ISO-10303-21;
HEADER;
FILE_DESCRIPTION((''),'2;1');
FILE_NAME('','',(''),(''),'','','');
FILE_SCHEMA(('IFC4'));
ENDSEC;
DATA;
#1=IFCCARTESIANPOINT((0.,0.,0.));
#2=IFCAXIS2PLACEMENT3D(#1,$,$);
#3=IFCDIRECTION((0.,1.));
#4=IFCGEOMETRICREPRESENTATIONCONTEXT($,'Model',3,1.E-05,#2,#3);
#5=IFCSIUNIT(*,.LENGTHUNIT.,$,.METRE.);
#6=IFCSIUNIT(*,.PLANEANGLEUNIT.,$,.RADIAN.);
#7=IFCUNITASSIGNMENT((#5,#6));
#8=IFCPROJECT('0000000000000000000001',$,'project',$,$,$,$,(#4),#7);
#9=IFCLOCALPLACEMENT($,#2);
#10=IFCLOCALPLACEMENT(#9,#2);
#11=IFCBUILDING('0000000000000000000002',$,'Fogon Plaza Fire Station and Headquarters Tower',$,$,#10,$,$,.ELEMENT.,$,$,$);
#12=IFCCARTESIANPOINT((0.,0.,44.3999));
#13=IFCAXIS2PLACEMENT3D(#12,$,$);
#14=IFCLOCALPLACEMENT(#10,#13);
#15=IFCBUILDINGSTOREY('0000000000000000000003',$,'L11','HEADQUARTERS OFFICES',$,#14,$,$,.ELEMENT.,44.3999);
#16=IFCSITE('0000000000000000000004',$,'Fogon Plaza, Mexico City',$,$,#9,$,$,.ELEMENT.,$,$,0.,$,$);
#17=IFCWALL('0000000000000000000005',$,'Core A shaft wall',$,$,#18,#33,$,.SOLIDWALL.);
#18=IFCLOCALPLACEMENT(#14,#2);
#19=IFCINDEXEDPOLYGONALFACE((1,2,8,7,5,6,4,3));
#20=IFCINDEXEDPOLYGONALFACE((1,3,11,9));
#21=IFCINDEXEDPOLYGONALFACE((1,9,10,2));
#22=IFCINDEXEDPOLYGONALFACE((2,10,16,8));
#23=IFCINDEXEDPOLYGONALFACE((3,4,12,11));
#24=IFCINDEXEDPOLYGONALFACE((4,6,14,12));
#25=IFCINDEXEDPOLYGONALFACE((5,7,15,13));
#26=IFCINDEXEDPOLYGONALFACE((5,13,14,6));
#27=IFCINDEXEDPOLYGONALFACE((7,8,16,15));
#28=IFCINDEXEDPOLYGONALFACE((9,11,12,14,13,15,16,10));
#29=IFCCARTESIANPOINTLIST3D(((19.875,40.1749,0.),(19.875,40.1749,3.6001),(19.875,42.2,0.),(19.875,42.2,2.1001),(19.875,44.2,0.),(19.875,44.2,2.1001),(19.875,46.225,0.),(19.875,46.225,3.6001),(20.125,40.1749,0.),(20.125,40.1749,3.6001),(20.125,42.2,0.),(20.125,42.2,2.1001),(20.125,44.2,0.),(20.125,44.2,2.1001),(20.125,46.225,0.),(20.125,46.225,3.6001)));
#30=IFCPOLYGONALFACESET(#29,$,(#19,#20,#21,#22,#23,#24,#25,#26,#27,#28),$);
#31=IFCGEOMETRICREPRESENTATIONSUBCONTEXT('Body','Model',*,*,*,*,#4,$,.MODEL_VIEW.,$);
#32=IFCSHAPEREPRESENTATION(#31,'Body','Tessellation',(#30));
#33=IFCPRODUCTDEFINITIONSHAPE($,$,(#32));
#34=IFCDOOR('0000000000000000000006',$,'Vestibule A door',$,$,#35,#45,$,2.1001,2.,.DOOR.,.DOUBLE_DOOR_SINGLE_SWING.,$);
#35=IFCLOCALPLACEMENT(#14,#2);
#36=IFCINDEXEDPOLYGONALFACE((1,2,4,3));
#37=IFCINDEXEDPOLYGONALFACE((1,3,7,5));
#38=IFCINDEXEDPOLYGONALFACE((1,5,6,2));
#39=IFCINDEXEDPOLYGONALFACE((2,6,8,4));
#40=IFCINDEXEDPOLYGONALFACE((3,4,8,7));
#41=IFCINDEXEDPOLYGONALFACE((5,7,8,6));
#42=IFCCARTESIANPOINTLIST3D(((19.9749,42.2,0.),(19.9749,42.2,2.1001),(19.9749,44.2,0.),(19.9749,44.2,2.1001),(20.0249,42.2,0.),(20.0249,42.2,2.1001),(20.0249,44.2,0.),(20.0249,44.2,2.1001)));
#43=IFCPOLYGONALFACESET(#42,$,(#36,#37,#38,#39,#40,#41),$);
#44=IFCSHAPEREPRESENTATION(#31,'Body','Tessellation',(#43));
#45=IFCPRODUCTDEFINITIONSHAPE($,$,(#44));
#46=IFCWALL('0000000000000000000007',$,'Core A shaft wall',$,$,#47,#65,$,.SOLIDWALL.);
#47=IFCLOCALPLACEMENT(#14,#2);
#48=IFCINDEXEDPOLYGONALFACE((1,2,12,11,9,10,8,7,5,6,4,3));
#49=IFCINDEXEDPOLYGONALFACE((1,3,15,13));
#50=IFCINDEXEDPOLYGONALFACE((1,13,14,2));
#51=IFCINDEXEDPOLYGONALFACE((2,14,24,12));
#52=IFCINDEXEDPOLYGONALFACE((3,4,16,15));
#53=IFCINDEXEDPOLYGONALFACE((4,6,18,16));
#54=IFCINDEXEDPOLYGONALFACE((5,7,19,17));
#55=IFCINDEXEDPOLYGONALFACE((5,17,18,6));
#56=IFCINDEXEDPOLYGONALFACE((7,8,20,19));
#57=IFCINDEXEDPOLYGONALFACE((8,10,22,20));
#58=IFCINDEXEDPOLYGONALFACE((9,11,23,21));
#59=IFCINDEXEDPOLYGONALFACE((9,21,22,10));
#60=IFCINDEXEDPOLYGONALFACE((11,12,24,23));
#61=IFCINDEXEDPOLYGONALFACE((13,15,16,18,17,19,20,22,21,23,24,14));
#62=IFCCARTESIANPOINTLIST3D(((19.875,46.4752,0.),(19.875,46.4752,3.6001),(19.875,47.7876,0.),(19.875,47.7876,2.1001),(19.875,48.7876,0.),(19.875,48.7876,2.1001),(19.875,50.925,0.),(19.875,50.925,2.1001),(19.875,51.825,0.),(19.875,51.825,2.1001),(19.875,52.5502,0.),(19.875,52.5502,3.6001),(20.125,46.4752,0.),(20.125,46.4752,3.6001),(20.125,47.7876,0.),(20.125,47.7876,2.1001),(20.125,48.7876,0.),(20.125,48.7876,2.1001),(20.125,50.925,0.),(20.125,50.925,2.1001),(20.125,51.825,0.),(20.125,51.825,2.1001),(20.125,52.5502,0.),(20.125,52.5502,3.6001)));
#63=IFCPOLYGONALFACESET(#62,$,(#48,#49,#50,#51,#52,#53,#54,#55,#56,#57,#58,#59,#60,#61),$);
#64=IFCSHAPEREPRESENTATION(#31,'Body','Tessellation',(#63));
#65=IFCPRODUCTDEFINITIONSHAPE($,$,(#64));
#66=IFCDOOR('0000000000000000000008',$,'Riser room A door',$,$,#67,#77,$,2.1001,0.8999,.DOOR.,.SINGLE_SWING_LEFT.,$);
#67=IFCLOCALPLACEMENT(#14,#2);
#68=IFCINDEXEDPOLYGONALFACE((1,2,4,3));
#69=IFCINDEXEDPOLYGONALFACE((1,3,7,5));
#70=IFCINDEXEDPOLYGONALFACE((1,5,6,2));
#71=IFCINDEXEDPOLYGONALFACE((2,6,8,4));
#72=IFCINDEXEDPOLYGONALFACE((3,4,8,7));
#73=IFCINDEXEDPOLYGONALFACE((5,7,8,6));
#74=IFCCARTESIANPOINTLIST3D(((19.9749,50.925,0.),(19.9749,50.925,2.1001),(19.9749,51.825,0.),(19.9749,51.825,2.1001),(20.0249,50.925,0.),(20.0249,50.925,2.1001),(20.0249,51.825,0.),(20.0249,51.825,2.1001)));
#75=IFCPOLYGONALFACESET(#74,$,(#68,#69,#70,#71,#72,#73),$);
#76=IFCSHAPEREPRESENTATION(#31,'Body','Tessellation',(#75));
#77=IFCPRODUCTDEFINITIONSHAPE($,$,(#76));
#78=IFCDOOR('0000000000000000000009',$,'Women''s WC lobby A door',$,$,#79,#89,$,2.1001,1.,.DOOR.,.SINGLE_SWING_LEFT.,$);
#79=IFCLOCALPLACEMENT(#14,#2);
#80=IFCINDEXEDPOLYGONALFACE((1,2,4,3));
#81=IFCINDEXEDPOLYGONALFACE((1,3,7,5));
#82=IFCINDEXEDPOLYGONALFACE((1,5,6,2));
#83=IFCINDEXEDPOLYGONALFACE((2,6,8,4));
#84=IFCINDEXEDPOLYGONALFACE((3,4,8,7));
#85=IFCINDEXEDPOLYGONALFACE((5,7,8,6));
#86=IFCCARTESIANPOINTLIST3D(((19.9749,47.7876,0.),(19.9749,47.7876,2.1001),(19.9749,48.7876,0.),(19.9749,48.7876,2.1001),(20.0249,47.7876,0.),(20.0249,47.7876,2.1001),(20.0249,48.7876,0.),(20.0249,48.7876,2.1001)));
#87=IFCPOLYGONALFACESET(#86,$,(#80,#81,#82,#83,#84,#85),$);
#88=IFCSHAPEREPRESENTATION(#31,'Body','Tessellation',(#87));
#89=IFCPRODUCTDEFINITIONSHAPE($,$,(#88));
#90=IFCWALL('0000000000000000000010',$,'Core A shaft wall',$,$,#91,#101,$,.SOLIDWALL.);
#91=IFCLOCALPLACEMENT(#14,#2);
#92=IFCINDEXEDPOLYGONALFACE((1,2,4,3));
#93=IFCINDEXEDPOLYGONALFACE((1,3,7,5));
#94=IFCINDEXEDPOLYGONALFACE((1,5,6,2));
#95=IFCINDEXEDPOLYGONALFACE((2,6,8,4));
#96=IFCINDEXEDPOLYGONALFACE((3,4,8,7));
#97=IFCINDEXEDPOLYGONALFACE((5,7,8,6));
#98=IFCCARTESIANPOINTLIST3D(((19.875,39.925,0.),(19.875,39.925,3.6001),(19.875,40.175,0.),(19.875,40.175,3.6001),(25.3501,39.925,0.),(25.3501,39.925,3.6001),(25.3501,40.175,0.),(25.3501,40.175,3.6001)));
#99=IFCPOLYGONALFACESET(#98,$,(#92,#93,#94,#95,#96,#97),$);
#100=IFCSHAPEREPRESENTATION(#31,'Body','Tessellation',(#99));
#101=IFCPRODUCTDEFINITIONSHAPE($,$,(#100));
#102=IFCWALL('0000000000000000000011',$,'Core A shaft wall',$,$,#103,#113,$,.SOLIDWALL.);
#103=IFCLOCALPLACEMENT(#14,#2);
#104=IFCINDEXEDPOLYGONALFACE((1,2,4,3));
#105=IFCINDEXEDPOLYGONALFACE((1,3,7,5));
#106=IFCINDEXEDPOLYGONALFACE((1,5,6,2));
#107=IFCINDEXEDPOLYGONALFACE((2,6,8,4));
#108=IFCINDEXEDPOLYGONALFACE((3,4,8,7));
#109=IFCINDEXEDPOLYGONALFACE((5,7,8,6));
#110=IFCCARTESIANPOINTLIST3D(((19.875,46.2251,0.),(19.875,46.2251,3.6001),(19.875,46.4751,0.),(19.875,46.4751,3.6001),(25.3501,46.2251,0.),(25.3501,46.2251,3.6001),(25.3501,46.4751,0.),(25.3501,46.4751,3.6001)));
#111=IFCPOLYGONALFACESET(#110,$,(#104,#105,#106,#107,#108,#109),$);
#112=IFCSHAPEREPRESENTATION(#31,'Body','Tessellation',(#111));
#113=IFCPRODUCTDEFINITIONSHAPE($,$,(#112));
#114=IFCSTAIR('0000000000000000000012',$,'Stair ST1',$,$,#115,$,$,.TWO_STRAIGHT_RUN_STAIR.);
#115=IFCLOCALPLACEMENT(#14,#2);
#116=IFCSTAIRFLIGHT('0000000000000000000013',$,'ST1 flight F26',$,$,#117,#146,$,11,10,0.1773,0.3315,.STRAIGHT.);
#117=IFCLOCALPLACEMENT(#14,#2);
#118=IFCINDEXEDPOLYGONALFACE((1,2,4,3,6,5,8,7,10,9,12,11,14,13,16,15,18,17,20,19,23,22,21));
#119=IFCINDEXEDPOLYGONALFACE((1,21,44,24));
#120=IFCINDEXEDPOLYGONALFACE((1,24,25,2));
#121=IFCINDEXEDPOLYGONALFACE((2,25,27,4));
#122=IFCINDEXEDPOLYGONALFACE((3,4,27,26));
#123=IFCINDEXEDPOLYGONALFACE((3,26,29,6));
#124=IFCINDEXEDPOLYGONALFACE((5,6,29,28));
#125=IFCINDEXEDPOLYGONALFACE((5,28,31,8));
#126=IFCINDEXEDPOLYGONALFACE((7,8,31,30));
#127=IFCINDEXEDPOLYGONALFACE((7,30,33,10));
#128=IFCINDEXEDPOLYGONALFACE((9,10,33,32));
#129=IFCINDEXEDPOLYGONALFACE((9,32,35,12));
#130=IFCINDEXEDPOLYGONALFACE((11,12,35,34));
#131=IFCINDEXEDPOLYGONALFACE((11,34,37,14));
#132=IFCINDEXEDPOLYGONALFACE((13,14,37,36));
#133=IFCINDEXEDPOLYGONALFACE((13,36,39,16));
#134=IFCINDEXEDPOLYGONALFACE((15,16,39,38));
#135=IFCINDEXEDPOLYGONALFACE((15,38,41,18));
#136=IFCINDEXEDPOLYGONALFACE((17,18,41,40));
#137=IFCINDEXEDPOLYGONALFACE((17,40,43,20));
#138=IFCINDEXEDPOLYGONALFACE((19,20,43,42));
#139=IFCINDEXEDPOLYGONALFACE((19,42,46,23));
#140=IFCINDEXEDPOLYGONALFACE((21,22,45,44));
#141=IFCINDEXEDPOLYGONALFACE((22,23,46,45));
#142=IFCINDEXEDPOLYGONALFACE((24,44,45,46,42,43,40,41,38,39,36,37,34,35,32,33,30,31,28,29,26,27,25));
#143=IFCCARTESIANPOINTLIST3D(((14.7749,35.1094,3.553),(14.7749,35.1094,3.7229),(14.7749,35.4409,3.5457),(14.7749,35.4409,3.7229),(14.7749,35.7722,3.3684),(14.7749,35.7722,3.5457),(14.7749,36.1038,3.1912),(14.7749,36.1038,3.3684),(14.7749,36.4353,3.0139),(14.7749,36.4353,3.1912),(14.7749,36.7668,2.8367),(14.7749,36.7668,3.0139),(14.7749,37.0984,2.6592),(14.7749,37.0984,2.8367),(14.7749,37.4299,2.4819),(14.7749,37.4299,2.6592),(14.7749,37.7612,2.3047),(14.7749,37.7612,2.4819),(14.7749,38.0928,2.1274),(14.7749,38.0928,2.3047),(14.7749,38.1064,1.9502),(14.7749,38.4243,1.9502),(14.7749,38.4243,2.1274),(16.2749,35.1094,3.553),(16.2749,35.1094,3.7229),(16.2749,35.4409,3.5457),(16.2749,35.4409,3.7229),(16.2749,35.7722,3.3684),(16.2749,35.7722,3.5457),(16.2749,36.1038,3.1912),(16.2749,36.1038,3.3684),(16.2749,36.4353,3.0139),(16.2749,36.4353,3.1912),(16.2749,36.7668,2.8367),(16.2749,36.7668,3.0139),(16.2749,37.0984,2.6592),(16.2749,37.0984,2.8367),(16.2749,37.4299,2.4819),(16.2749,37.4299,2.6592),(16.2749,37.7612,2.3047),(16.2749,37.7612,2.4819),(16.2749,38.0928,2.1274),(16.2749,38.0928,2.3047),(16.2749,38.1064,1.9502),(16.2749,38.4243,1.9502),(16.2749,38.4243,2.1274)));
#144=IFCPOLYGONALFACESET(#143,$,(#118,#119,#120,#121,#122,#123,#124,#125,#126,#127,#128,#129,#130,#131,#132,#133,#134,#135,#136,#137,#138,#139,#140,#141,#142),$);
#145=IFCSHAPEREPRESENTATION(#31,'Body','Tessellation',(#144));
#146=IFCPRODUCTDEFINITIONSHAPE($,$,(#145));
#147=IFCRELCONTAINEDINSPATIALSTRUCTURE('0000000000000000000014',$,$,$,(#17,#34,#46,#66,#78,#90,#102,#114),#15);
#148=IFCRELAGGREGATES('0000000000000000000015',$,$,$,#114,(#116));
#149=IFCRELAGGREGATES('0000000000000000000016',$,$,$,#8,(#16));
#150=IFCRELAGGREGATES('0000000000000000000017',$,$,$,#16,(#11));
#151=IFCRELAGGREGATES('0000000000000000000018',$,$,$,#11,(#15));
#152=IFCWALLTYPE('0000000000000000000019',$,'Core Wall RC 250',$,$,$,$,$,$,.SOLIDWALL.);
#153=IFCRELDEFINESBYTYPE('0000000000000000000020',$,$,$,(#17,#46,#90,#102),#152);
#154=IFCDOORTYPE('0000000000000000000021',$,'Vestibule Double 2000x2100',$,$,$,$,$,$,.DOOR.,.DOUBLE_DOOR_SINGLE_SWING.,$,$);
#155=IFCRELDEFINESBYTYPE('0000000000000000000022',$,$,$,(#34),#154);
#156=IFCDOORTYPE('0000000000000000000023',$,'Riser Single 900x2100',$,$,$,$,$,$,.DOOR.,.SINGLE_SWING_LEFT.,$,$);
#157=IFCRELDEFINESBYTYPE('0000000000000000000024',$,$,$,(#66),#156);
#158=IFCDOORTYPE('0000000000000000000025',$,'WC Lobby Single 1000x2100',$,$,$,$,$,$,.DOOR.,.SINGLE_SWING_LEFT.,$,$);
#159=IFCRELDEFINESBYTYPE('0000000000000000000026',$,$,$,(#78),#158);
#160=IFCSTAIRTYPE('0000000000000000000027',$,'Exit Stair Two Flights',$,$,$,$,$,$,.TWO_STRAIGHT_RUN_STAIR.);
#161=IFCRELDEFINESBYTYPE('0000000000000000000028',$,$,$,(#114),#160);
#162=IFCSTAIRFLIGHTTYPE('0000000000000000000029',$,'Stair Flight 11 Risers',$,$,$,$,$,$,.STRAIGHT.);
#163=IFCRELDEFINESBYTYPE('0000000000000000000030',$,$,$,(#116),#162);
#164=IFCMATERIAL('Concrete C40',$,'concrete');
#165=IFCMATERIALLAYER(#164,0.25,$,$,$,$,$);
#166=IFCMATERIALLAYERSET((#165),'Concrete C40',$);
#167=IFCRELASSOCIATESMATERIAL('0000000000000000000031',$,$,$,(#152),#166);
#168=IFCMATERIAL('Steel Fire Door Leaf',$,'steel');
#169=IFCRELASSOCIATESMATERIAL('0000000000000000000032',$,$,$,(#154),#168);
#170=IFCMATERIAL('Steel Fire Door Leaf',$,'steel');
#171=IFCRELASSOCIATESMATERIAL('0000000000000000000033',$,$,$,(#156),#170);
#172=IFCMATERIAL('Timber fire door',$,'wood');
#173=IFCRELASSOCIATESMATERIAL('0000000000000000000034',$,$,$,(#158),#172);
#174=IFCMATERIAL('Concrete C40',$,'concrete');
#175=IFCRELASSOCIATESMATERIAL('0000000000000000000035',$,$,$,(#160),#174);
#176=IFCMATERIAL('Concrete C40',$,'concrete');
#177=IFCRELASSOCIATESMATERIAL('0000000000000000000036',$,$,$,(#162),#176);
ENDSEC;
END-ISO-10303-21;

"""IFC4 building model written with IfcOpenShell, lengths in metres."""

from ifc_helpers import new_model, si_unit, direction, frame, frame_2d, origin, place, context, subcontext, project, spatial, polyline, rectangle, outline, extrude, material, layer, layer_set, type_object, element, fill, aggregate, save


model = new_model("IFC4")

# Units and contexts
model_context = context("Model", 3, precision=1e-05, world=origin(), true_north=direction((0.0, 1.0)))
body_context = subcontext(model_context, "Body", "Model", "MODEL_VIEW")
ifc_project = project(units=[si_unit("LENGTHUNIT", "METRE"), si_unit("PLANEANGLEUNIT", "RADIAN")], contexts=[model_context])

# Site, building, storey
site_placement = place(None, origin())
site = spatial("IfcSite", under=ifc_project, at=site_placement, Name="Fogon Plaza, Mexico City", CompositionType="ELEMENT", RefElevation=0.0)
building_placement = place(site_placement, origin())
building = spatial("IfcBuilding", under=site, at=building_placement, Name="Fogon Plaza Fire Station and Headquarters Tower", CompositionType="ELEMENT")
storey_placement = place(building_placement, frame((0.0, 0.0, 44.3999)))
storey = spatial("IfcBuildingStorey", under=building, at=storey_placement, Name="L11", Description="HEADQUARTERS OFFICES", CompositionType="ELEMENT", Elevation=44.3999)

# Shared definitions
ifc_material_1 = material(Name="Concrete C40", Category="concrete")
ifc_layer = layer(ifc_material_1, 0.25)
ifc_layer_set = layer_set([ifc_layer], Name="Concrete C40")
wall_type = type_object("IfcWallType", Name="Core Wall RC 250", PredefinedType="SOLIDWALL", material=ifc_layer_set)

# Wall, opening, door
wall_1_placement = place(storey_placement, frame((20.0, 40.175, 0.0), z_axis=(0.0, 0.0, 1.0), x_axis=(0.0, 1.0, 0.0)))
wall_1 = element("IfcWall", 1, at=wall_1_placement, inside=storey, type_object=wall_type, Name="Core A shaft wall", PredefinedType="SOLIDWALL", context=body_context, shape_type="SweptSolid", body=[
    extrude(rectangle(XDim=6.05, YDim=0.25, at=frame_2d((3.0249, 0.0))), origin(), (0.0, 0.0, 1.0), 3.6001),
])
opening_1_placement = place(wall_1_placement, frame((2.0249, 0.0, 0.0)))
opening_1 = element("IfcOpeningElement", 2, at=opening_1_placement, cuts=wall_1, PredefinedType="OPENING", context=body_context, shape_type="SweptSolid", body=[
    extrude(rectangle(XDim=2.0, YDim=2.1001, at=frame_2d((1.0, 1.05))), frame((0.0, 0.135, 0.0), z_axis=(0.0, -1.0, 0.0), x_axis=(1.0, 0.0, 0.0)), (0.0, 0.0, 1.0), 0.27),
])
ifc_material_2 = material(Name="Steel Fire Door Leaf", Category="steel")
door_type_1 = type_object("IfcDoorType", Name="Vestibule Double 2000x2100", OperationType="DOUBLE_DOOR_SINGLE_SWING", PredefinedType="DOOR", material=ifc_material_2)
door_1_placement = place(opening_1_placement, frame((2.0, 0.0, 0.0), z_axis=(0.0, 0.0, 1.0), x_axis=(-1.0, 0.0, 0.0)))
door_1 = element("IfcDoor", 3, at=door_1_placement, inside=storey, type_object=door_type_1, Name="Vestibule A door", OperationType="DOUBLE_DOOR_SINGLE_SWING", OverallHeight=2.1001, OverallWidth=2.0, PredefinedType="DOOR", context=body_context, shape_type="SweptSolid", body=[
    extrude(rectangle(XDim=2.0, YDim=2.1001, at=frame_2d((1.0, 1.05))), frame((0.0, 0.0249, 0.0), z_axis=(0.0, -1.0, 0.0), x_axis=(1.0, 0.0, 0.0)), (0.0, 0.0, 1.0), 0.05),
])
fill(opening_1, door_1)

# Wall, openings, doors
wall_2_placement = place(storey_placement, frame((20.0, 46.4751, 0.0), z_axis=(0.0, 0.0, 1.0), x_axis=(0.0, 1.0, 0.0)))
wall_2 = element("IfcWall", 4, at=wall_2_placement, inside=storey, type_object=wall_type, Name="Core A shaft wall", PredefinedType="SOLIDWALL", context=body_context, shape_type="SweptSolid", body=[
    extrude(rectangle(XDim=6.075, YDim=0.25, at=frame_2d((3.0376, 0.0))), origin(), (0.0, 0.0, 1.0), 3.6001),
])
opening_2_placement = place(wall_2_placement, frame((1.3125, 0.0, 0.0)))
opening_2 = element("IfcOpeningElement", 5, at=opening_2_placement, cuts=wall_2, PredefinedType="OPENING", context=body_context, shape_type="SweptSolid", body=[
    extrude(rectangle(XDim=1.0, YDim=2.1001, at=frame_2d((0.5, 1.05))), frame((0.0, 0.135, 0.0), z_axis=(0.0, -1.0, 0.0), x_axis=(1.0, 0.0, 0.0)), (0.0, 0.0, 1.0), 0.27),
])
opening_3_placement = place(wall_2_placement, frame((4.45, 0.0, 0.0)))
opening_3 = element("IfcOpeningElement", 6, at=opening_3_placement, cuts=wall_2, PredefinedType="OPENING", context=body_context, shape_type="SweptSolid", body=[
    extrude(rectangle(XDim=0.8999, YDim=2.1001, at=frame_2d((0.45, 1.05))), frame((0.0, 0.135, 0.0), z_axis=(0.0, -1.0, 0.0), x_axis=(1.0, 0.0, 0.0)), (0.0, 0.0, 1.0), 0.27),
])
ifc_material_3 = material(Name="Steel Fire Door Leaf", Category="steel")
door_type_2 = type_object("IfcDoorType", Name="Riser Single 900x2100", OperationType="SINGLE_SWING_LEFT", PredefinedType="DOOR", material=ifc_material_3)
door_2_placement = place(opening_3_placement, frame((0.8999, 0.0, 0.0), z_axis=(0.0, 0.0, 1.0), x_axis=(-1.0, 0.0, 0.0)))
door_2 = element("IfcDoor", 7, at=door_2_placement, inside=storey, type_object=door_type_2, Name="Riser room A door", OperationType="SINGLE_SWING_LEFT", OverallHeight=2.1001, OverallWidth=0.8999, PredefinedType="DOOR", context=body_context, shape_type="SweptSolid", body=[
    extrude(rectangle(XDim=0.8999, YDim=2.1001, at=frame_2d((0.45, 1.05))), frame((0.0, 0.0249, 0.0), z_axis=(0.0, -1.0, 0.0), x_axis=(1.0, 0.0, 0.0)), (0.0, 0.0, 1.0), 0.05),
])
fill(opening_3, door_2)
ifc_material_4 = material(Name="Timber fire door", Category="wood")
door_type_3 = type_object("IfcDoorType", Name="WC Lobby Single 1000x2100", OperationType="SINGLE_SWING_LEFT", PredefinedType="DOOR", material=ifc_material_4)
door_3_placement = place(opening_2_placement, frame((1.0, 0.0, 0.0), z_axis=(0.0, 0.0, 1.0), x_axis=(-1.0, 0.0, 0.0)))
door_3 = element("IfcDoor", 8, at=door_3_placement, inside=storey, type_object=door_type_3, Name="Women's WC lobby A door", OperationType="SINGLE_SWING_LEFT", OverallHeight=2.1001, OverallWidth=1.0, PredefinedType="DOOR", context=body_context, shape_type="SweptSolid", body=[
    extrude(rectangle(XDim=1.0, YDim=2.1001, at=frame_2d((0.5, 1.05))), frame((0.0, 0.0249, 0.0), z_axis=(0.0, -1.0, 0.0), x_axis=(1.0, 0.0, 0.0)), (0.0, 0.0, 1.0), 0.05),
])
fill(opening_2, door_3)

# Walls
for number, where, z_axis, x_axis, name in (
    (9, (19.875, 40.05, 0.0), (0.0, 0.0, 1.0), (1.0, 0.0, 0.0), "Core A shaft wall"),
    (10, (19.875, 46.3501, 0.0), (0.0, 0.0, 1.0), (1.0, 0.0, 0.0), "Core A shaft wall"),
):
    element("IfcWall", number, at=place(storey_placement, frame(where, z_axis=z_axis, x_axis=x_axis)), inside=storey, type_object=wall_type, Name=name, PredefinedType="SOLIDWALL", context=body_context, shape_type="SweptSolid", body=[
        extrude(rectangle(XDim=5.4751, YDim=0.25, at=frame_2d((2.7375, 0.0))), origin(), (0.0, 0.0, 1.0), 3.6001),
    ])

# Stair, stair flight
ifc_material_5 = material(Name="Concrete C40", Category="concrete")
stair_type = type_object("IfcStairType", Name="Exit Stair Two Flights", PredefinedType="TWO_STRAIGHT_RUN_STAIR", material=ifc_material_5)
stair_1_placement = place(storey_placement, origin())
stair_1 = element("IfcStair", 11, at=stair_1_placement, inside=storey, type_object=stair_type, Name="Stair ST1", PredefinedType="TWO_STRAIGHT_RUN_STAIR")
ifc_material_6 = material(Name="Concrete C40", Category="concrete")
stair_flight_type = type_object("IfcStairFlightType", Name="Stair Flight 11 Risers", PredefinedType="STRAIGHT", material=ifc_material_6)
stair_flight_1_placement = place(storey_placement, frame((15.5249, 38.4243, 1.9502), z_axis=(0.0, 0.0, 1.0), x_axis=(0.0, -1.0, 0.0)))
stair_flight_1 = element("IfcStairFlight", 12, at=stair_flight_1_placement, type_object=stair_flight_type, Name="ST1 flight F26", NumberOfRisers=11, NumberOfTreads=10, PredefinedType="STRAIGHT", RiserHeight=0.1773, TreadLength=0.3315, context=body_context, shape_type="SweptSolid", body=[
    extrude(outline(polyline([(0.0, 0.0), (0.0, 0.1772), (0.3315, 0.1772), (0.3315, 0.3545), (0.6631, 0.3545), (0.6631, 0.5317), (0.9944, 0.5317), (0.9944, 0.709), (1.3259, 0.709), (1.3259, 0.8865), (1.6575, 0.8865), (1.6575, 1.0637), (1.989, 1.0637), (1.989, 1.241), (2.3206, 1.241), (2.3206, 1.4182), (2.6521, 1.4182), (2.6521, 1.5955), (2.9834, 1.5955), (2.9834, 1.7727), (3.3149, 1.7727), (3.3149, 1.95), (3.3149, 1.6028), (0.3179, 0.0), (0.0, 0.0)])), frame((0.0, 0.75, 0.0), z_axis=(0.0, -1.0, 0.0), x_axis=(1.0, 0.0, 0.0)), (0.0, 0.0, 1.0), 1.5),
])
aggregate(stair_1, [stair_flight_1])

save(model, "model.ifc")
